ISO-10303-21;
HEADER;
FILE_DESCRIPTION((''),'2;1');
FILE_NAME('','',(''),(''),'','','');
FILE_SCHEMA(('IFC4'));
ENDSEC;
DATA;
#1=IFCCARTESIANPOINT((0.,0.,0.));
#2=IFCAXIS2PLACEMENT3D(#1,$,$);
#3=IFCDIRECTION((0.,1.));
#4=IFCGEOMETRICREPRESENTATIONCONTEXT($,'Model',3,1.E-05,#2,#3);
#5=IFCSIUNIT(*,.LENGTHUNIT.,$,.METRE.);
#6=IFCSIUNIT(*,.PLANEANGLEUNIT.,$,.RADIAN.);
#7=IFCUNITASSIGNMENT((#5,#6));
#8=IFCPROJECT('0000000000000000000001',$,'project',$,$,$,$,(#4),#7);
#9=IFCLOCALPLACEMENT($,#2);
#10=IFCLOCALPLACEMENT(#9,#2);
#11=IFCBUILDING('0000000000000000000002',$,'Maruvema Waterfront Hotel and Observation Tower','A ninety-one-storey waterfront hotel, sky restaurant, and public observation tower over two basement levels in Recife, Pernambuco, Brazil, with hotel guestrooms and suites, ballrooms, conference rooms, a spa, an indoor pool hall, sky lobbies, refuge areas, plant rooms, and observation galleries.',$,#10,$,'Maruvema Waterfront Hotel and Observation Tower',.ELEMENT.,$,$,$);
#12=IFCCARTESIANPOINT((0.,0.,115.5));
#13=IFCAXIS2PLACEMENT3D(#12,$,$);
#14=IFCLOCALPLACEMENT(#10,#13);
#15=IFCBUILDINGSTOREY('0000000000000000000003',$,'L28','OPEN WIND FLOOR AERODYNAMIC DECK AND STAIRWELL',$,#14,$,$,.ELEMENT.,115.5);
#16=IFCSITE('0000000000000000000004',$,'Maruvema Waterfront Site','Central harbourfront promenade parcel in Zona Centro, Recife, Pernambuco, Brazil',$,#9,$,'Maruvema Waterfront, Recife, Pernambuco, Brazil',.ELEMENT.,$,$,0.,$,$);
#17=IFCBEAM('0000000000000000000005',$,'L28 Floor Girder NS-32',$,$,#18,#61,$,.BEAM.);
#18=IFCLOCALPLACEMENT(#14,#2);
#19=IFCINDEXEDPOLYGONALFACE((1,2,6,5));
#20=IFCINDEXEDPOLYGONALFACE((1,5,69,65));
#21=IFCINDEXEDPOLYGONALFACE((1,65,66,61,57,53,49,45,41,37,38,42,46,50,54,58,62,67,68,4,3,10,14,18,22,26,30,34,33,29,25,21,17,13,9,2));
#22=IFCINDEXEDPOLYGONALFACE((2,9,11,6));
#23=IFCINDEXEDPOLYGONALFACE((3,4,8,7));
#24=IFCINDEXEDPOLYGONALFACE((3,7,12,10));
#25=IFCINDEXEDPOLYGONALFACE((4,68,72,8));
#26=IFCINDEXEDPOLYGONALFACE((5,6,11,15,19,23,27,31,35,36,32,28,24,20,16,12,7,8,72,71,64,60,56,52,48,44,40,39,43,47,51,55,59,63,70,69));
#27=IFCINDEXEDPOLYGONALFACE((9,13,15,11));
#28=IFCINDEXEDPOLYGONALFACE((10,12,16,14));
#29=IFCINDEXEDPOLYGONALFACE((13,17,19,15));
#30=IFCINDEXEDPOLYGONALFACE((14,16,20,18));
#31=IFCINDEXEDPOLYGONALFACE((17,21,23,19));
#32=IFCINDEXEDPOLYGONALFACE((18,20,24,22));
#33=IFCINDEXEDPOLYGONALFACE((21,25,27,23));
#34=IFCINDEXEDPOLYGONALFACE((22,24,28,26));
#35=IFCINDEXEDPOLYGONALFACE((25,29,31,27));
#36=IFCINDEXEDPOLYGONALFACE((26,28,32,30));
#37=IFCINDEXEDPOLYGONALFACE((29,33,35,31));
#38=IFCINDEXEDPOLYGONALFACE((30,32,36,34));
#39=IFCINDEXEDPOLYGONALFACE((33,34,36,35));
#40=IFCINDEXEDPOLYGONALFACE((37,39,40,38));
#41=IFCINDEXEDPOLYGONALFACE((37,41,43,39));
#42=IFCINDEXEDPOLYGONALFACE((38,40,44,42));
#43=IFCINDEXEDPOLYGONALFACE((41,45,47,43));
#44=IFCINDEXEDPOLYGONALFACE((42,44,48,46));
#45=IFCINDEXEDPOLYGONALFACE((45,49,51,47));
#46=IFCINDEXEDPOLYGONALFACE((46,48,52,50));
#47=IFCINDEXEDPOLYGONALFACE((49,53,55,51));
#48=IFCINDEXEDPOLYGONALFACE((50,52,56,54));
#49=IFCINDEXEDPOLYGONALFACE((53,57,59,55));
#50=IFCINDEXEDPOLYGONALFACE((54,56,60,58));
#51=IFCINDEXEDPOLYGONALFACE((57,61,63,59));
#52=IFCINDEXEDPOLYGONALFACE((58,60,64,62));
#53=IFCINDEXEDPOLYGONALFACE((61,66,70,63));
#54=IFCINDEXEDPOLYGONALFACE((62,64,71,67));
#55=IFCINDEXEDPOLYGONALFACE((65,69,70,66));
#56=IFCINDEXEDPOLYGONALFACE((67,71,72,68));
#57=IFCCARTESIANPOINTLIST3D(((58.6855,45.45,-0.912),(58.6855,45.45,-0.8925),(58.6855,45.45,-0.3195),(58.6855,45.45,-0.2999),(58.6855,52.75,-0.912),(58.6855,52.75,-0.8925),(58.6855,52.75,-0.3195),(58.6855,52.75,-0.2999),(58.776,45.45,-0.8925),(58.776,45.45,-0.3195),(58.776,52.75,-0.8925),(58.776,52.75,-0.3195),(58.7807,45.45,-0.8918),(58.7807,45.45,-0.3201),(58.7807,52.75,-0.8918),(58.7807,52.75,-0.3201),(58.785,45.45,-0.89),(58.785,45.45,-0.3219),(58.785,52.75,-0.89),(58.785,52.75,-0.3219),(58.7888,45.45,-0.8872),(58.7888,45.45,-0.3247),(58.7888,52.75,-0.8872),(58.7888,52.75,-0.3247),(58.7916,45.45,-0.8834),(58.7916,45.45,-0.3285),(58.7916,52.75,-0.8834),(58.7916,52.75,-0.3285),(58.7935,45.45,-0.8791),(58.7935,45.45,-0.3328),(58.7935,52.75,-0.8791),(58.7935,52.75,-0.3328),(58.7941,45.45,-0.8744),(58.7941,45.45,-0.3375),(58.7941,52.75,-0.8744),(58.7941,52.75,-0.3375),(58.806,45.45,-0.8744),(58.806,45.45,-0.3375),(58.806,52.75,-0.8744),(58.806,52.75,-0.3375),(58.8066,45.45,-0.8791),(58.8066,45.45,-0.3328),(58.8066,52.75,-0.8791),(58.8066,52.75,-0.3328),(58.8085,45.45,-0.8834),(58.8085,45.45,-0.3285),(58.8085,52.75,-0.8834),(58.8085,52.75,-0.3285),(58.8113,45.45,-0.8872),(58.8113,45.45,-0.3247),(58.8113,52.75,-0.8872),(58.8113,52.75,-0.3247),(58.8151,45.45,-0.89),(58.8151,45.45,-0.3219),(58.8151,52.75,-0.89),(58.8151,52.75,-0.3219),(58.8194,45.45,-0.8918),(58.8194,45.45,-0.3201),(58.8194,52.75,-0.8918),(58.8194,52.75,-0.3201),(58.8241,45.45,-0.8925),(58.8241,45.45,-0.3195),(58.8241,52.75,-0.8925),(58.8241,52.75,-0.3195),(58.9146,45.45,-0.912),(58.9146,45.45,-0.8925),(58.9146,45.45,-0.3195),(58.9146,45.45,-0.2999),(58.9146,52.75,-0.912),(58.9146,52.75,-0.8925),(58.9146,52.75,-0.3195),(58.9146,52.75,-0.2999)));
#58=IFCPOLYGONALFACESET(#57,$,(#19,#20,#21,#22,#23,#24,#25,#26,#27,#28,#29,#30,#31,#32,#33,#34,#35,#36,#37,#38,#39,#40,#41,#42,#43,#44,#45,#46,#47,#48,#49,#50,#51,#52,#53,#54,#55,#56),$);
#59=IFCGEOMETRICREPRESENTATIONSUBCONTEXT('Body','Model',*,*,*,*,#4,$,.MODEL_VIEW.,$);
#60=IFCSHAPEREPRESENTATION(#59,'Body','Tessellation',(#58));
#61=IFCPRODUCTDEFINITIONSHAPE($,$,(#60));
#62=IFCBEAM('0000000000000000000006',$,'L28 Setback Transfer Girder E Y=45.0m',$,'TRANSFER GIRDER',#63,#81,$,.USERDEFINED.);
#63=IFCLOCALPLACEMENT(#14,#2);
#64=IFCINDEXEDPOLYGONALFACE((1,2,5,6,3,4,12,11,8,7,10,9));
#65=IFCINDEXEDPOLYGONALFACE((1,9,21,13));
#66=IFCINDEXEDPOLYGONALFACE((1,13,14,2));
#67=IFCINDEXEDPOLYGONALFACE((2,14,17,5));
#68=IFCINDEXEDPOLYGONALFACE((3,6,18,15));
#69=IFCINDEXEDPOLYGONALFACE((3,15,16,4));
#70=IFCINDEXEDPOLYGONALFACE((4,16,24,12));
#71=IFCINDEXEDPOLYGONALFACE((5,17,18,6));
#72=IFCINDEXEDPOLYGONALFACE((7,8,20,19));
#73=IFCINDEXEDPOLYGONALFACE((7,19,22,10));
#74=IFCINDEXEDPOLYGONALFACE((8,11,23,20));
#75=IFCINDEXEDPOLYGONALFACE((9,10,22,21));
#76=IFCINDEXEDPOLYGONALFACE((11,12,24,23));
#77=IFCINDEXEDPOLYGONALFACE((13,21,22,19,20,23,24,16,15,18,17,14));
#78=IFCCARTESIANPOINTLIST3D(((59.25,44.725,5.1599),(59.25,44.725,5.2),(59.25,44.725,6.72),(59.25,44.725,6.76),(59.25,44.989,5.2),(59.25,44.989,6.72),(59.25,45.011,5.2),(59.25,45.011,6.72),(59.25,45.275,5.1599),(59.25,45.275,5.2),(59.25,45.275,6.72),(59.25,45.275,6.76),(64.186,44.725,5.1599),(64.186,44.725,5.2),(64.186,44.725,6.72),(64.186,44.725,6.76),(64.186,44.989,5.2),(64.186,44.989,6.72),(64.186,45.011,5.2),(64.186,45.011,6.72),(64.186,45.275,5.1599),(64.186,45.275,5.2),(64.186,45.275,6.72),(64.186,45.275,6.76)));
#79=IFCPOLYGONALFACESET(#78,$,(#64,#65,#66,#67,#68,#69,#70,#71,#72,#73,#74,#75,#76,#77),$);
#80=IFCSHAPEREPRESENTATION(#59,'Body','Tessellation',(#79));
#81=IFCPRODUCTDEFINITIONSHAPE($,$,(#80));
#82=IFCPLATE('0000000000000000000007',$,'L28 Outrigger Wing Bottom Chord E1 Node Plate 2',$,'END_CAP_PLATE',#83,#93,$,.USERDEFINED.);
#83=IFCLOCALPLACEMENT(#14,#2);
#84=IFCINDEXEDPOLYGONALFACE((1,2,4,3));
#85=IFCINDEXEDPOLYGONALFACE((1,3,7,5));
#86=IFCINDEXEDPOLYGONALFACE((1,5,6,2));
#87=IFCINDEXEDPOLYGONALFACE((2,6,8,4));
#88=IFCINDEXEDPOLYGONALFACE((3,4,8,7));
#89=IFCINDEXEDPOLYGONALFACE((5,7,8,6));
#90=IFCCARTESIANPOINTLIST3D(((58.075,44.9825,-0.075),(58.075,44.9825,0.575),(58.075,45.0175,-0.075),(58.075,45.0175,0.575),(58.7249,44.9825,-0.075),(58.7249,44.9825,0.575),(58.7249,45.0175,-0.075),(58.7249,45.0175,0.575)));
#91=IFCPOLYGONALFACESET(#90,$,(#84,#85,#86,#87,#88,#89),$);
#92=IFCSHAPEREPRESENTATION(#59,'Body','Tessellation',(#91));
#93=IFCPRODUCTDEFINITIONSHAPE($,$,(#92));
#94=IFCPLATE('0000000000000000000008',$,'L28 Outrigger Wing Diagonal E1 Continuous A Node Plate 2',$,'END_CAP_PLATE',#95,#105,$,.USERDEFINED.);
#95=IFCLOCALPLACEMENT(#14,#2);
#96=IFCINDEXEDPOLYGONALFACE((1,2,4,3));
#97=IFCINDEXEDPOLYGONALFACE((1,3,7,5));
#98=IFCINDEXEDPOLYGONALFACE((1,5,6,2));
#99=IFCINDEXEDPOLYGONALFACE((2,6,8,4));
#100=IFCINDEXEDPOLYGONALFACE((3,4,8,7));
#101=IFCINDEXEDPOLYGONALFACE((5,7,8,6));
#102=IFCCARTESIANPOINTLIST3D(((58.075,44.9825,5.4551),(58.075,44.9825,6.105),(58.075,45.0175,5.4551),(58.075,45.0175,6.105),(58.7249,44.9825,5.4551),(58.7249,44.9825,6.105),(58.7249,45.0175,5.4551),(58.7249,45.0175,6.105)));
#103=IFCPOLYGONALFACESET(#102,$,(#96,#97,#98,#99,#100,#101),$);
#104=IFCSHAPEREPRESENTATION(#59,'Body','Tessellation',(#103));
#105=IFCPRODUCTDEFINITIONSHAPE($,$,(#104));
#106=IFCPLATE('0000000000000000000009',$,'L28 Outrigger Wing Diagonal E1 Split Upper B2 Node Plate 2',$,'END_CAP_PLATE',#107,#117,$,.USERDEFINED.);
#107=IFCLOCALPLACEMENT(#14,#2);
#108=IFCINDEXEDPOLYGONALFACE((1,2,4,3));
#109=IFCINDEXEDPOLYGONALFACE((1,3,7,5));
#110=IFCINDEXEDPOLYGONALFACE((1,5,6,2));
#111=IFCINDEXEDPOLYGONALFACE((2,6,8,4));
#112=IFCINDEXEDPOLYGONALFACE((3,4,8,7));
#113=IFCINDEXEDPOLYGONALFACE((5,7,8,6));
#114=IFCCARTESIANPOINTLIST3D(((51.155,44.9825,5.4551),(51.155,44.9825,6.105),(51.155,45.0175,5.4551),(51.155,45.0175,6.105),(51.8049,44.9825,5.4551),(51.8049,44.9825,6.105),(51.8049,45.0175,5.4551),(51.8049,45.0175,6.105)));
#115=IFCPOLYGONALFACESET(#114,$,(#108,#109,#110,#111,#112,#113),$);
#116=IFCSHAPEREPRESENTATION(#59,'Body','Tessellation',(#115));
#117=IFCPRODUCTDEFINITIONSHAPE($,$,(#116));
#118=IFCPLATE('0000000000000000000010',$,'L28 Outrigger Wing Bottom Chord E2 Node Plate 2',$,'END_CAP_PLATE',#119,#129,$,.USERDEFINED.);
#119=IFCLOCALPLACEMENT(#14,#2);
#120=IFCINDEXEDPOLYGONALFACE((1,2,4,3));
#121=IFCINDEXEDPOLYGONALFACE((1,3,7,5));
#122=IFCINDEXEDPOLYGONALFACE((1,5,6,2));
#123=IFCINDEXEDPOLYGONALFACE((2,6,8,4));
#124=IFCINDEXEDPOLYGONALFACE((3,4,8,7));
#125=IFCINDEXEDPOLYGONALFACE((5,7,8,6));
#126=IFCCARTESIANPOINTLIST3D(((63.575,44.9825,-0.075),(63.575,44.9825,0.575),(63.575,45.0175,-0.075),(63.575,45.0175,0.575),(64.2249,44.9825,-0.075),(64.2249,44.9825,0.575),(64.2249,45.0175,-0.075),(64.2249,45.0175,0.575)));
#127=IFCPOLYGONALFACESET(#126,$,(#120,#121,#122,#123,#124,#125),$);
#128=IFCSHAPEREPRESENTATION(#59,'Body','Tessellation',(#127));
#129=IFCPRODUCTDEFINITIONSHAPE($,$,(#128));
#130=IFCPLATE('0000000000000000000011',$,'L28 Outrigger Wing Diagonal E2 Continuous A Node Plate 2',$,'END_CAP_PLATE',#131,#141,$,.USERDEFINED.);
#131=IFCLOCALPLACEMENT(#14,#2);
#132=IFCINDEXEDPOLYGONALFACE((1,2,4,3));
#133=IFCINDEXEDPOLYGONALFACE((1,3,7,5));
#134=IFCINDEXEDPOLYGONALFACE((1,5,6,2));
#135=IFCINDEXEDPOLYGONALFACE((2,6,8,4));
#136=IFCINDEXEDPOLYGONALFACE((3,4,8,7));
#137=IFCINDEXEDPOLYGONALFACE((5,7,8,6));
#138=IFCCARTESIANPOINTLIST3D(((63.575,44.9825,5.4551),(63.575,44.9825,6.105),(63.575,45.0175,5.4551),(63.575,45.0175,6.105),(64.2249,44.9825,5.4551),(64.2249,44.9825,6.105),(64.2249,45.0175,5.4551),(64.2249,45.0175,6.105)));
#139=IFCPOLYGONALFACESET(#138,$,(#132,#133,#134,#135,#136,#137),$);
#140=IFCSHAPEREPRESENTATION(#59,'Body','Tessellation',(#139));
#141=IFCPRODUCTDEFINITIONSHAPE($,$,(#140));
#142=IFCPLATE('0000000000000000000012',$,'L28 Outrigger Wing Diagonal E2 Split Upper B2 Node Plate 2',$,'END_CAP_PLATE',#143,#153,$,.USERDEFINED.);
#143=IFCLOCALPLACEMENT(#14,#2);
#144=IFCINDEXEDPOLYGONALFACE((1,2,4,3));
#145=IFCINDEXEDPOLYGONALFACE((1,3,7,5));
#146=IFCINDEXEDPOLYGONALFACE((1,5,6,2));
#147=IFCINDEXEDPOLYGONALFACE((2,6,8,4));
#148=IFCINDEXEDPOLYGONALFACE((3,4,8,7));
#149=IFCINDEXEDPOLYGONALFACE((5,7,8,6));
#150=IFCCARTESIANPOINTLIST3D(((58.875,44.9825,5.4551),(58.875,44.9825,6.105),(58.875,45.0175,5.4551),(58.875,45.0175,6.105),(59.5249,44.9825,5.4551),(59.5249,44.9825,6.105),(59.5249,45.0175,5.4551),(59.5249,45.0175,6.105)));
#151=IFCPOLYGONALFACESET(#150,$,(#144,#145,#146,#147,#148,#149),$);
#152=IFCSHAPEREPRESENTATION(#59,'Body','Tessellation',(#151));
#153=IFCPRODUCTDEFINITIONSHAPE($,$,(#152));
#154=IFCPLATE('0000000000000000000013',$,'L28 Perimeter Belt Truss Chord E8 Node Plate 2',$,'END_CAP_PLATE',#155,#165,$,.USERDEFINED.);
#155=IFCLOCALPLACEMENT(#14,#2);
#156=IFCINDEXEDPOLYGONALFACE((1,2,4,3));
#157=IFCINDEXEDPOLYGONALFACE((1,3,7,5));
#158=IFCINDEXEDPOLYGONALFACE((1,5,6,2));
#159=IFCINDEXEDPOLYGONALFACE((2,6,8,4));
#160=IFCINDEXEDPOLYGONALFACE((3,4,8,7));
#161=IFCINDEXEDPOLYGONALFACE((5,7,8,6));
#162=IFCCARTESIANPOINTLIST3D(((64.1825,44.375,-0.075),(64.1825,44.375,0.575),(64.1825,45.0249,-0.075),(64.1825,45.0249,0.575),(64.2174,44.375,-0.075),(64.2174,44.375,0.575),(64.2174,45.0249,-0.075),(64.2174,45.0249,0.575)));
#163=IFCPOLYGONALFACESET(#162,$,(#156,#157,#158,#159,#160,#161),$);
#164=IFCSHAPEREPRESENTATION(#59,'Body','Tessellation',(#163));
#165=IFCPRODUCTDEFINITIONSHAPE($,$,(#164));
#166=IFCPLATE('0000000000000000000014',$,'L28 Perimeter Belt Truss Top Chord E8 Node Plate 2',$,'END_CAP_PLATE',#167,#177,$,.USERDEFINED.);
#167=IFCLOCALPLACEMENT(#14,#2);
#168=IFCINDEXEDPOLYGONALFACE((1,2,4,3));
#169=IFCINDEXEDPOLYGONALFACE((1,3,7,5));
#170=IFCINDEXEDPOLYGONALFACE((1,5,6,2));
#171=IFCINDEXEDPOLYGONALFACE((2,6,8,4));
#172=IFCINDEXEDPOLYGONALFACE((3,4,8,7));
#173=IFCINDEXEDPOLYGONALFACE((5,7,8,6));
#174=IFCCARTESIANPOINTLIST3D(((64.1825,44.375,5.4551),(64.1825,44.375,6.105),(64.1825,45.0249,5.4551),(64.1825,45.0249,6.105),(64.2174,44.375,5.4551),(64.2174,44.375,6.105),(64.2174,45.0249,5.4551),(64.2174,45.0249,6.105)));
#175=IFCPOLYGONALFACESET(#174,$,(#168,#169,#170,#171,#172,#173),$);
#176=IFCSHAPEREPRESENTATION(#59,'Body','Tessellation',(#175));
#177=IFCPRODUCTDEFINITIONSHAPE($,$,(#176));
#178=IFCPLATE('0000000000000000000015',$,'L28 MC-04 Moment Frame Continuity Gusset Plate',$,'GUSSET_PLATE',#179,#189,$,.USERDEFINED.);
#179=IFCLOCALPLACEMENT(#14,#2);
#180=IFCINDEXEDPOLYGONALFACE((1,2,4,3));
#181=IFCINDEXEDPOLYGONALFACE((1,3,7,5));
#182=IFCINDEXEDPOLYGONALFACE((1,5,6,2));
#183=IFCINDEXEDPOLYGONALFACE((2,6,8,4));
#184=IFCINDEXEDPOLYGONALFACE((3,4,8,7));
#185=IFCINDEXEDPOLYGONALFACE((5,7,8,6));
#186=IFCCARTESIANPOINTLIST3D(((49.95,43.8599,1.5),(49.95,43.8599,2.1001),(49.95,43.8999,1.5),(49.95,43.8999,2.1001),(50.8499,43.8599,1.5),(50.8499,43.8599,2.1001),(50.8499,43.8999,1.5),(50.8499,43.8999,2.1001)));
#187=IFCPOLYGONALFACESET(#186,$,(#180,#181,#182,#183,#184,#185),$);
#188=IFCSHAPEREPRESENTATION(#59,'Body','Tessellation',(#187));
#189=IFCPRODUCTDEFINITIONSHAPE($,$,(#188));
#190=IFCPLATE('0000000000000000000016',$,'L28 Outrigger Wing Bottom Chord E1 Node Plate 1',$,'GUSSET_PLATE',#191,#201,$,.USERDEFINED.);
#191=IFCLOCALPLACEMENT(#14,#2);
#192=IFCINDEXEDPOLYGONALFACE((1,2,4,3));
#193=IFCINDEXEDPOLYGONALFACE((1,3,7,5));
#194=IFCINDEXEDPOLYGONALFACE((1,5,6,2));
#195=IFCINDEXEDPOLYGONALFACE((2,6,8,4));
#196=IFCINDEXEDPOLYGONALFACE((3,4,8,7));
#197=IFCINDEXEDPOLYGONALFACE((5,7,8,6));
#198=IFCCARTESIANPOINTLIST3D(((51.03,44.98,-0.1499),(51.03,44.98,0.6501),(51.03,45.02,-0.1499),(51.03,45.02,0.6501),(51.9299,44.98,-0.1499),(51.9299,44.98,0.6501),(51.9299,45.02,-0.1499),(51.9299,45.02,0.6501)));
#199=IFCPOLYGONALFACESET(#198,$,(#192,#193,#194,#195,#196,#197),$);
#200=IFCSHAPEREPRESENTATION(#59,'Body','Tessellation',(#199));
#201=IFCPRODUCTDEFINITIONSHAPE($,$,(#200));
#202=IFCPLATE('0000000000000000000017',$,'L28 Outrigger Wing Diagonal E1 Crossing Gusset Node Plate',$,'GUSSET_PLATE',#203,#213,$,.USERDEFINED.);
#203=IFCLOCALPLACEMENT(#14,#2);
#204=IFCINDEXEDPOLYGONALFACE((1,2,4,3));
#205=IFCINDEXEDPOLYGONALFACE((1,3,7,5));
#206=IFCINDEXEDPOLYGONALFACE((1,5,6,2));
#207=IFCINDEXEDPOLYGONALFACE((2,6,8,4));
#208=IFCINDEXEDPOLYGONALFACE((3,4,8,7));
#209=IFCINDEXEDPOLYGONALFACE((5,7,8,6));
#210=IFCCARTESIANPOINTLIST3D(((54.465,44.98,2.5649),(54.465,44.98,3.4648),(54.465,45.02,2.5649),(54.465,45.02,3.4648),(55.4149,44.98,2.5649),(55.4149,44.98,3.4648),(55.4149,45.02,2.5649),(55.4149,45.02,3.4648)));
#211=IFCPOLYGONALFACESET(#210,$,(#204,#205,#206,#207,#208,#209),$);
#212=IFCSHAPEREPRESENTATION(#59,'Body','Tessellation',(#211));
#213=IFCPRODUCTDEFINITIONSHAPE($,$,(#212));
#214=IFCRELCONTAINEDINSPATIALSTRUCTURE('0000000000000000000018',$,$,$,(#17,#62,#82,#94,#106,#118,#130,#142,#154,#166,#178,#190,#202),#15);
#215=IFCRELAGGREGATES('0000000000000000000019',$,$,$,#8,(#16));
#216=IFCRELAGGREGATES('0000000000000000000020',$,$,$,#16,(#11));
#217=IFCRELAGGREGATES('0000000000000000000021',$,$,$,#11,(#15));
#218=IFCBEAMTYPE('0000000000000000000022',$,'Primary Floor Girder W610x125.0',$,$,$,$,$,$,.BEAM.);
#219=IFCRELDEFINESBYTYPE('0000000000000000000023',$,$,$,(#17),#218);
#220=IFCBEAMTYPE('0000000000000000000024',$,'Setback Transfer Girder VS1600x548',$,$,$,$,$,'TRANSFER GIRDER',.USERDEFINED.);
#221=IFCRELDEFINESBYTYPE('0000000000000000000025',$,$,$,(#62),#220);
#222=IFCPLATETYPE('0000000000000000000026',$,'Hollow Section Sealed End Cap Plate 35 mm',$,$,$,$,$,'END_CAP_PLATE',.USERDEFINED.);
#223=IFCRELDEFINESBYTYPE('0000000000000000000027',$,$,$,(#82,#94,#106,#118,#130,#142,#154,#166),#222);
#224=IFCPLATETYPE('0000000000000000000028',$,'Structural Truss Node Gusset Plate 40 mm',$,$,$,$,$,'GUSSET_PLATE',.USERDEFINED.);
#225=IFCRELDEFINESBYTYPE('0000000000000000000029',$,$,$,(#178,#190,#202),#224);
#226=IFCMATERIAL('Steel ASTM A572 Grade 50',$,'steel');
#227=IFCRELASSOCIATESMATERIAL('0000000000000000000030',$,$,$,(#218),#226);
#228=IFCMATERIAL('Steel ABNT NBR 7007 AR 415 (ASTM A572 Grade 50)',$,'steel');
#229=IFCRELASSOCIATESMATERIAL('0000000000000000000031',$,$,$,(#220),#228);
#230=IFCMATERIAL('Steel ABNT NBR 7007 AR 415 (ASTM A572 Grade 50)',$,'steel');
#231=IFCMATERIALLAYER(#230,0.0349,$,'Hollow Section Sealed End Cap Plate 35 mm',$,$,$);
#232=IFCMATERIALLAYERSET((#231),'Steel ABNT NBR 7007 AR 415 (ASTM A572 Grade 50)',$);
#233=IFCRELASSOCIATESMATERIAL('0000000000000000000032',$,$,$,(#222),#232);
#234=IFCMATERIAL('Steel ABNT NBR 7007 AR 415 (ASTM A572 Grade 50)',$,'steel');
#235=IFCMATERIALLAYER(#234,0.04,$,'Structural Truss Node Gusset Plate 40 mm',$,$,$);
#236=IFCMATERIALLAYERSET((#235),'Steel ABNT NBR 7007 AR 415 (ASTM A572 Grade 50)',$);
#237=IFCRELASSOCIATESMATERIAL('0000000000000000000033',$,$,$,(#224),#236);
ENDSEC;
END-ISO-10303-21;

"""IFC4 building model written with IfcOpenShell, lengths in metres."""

from ifc_helpers import new_model, si_unit, direction, frame, origin, origin_2d, place, context, subcontext, project, spatial, rectangle, i_section, extrude, material, layer, layer_set, material_profile, profile_set, type_object, element, save


model = new_model("IFC4")

# Units and contexts
model_context = context("Model", 3, precision=1e-05, world=origin(), true_north=direction((0.0, 1.0)))
body_context = subcontext(model_context, "Body", "Model", "MODEL_VIEW")
ifc_project = project(units=[si_unit("LENGTHUNIT", "METRE"), si_unit("PLANEANGLEUNIT", "RADIAN")], contexts=[model_context])

# Site, building, storey
site_placement = place(None, origin())
site = spatial("IfcSite", under=ifc_project, at=site_placement, Name="Maruvema Waterfront Site", Description="Central harbourfront promenade parcel in Zona Centro, Recife, Pernambuco, Brazil", LongName="Maruvema Waterfront, Recife, Pernambuco, Brazil", CompositionType="ELEMENT", RefElevation=0.0)
building_placement = place(site_placement, origin())
building = spatial("IfcBuilding", under=site, at=building_placement, Name="Maruvema Waterfront Hotel and Observation Tower", Description="A ninety-one-storey waterfront hotel, sky restaurant, and public observation tower over two basement levels in Recife, Pernambuco, Brazil, with hotel guestrooms and suites, ballrooms, conference rooms, a spa, an indoor pool hall, sky lobbies, refuge areas, plant rooms, and observation galleries.", LongName="Maruvema Waterfront Hotel and Observation Tower", CompositionType="ELEMENT")
storey_placement = place(building_placement, frame((0.0, 0.0, 115.5)))
storey = spatial("IfcBuildingStorey", under=building, at=storey_placement, Name="L28", Description="OPEN WIND FLOOR AERODYNAMIC DECK AND STAIRWELL", CompositionType="ELEMENT", Elevation=115.5)

# Beams
ifc_material_1 = material(Name="Steel ASTM A572 Grade 50", Category="steel")
ifc_material_profile_1 = material_profile(ifc_material_1, i_section(OverallWidth=0.229, OverallDepth=0.6121, WebThickness=0.012, FlangeThickness=0.0195, FilletRadius=0.0181, at=origin_2d()), Name="W610x125.0")
ifc_profile_set_1 = profile_set([ifc_material_profile_1], Name="Steel ASTM A572 Grade 50")
beam_type_1 = type_object("IfcBeamType", Name="Primary Floor Girder W610x125.0", PredefinedType="BEAM", material=ifc_profile_set_1)
beam_1_placement = place(storey_placement, frame((58.8, 45.45, -0.606), z_axis=(0.0, 1.0, 0.0), x_axis=(-1.0, 0.0, 0.0)))
element("IfcBeam", 1, at=beam_1_placement, inside=storey, type_object=beam_type_1, Name="L28 Floor Girder NS-32", PredefinedType="BEAM", context=body_context, shape_type="SweptSolid", body=[
    extrude(i_section(OverallWidth=0.229, OverallDepth=0.6121, WebThickness=0.012, FlangeThickness=0.0195, FilletRadius=0.0181, at=origin_2d()), origin(), (0.0, 0.0, 1.0), 7.3),
])
ifc_material_2 = material(Name="Steel ABNT NBR 7007 AR 415 (ASTM A572 Grade 50)", Category="steel")
ifc_material_profile_2 = material_profile(ifc_material_2, i_section(OverallWidth=0.55, OverallDepth=1.6001, WebThickness=0.022, FlangeThickness=0.04, at=origin_2d()), Name="VS1600x548")
ifc_profile_set_2 = profile_set([ifc_material_profile_2], Name="Steel ABNT NBR 7007 AR 415 (ASTM A572 Grade 50)")
beam_type_2 = type_object("IfcBeamType", Name="Setback Transfer Girder VS1600x548", ElementType="TRANSFER GIRDER", PredefinedType="USERDEFINED", material=ifc_profile_set_2)
beam_2_placement = place(storey_placement, frame((59.25, 45.0, 5.96), z_axis=(1.0, 0.0, 0.0), x_axis=(0.0, 1.0, 0.0)))
element("IfcBeam", 2, at=beam_2_placement, inside=storey, type_object=beam_type_2, Name="L28 Setback Transfer Girder E Y=45.0m", ObjectType="TRANSFER GIRDER", PredefinedType="USERDEFINED", context=body_context, shape_type="SweptSolid", body=[
    extrude(i_section(OverallWidth=0.55, OverallDepth=1.6001, WebThickness=0.022, FlangeThickness=0.04, at=origin_2d()), origin(), (0.0, 0.0, 1.0), 4.936),
])

# Plates
ifc_material_3 = material(Name="Steel ABNT NBR 7007 AR 415 (ASTM A572 Grade 50)", Category="steel")
ifc_layer_1 = layer(ifc_material_3, 0.0349, Name="Hollow Section Sealed End Cap Plate 35 mm")
ifc_layer_set_1 = layer_set([ifc_layer_1], Name="Steel ABNT NBR 7007 AR 415 (ASTM A572 Grade 50)")
plate_type_1 = type_object("IfcPlateType", Name="Hollow Section Sealed End Cap Plate 35 mm", ElementType="END_CAP_PLATE", PredefinedType="USERDEFINED", material=ifc_layer_set_1)
for number, where, z_axis, x_axis, name in (
    (3, (58.3999, 45.0, -0.075), (0.0, 0.0, 1.0), (1.0, 0.0, 0.0), "L28 Outrigger Wing Bottom Chord E1 Node Plate 2"),
    (4, (58.3999, 45.0, 5.4551), (0.0, 0.0, 1.0), (1.0, 0.0, 0.0), "L28 Outrigger Wing Diagonal E1 Continuous A Node Plate 2"),
    (5, (51.48, 45.0, 5.4551), (0.0, 0.0, 1.0), (-1.0, 0.0, 0.0), "L28 Outrigger Wing Diagonal E1 Split Upper B2 Node Plate 2"),
    (6, (63.8999, 45.0, -0.075), (0.0, 0.0, 1.0), (1.0, 0.0, 0.0), "L28 Outrigger Wing Bottom Chord E2 Node Plate 2"),
    (7, (63.8999, 45.0, 5.4551), (0.0, 0.0, 1.0), (1.0, 0.0, 0.0), "L28 Outrigger Wing Diagonal E2 Continuous A Node Plate 2"),
    (8, (59.2, 45.0, 5.4551), (0.0, 0.0, 1.0), (-1.0, 0.0, 0.0), "L28 Outrigger Wing Diagonal E2 Split Upper B2 Node Plate 2"),
    (9, (64.2, 44.7, -0.075), (0.0, 0.0, 1.0), (0.0, 1.0, 0.0), "L28 Perimeter Belt Truss Chord E8 Node Plate 2"),
    (10, (64.2, 44.7, 5.4551), (0.0, 0.0, 1.0), (0.0, 1.0, 0.0), "L28 Perimeter Belt Truss Top Chord E8 Node Plate 2"),
):
    element("IfcPlate", number, at=place(storey_placement, frame(where, z_axis=z_axis, x_axis=x_axis)), inside=storey, type_object=plate_type_1, Name=name, ObjectType="END_CAP_PLATE", PredefinedType="USERDEFINED", context=body_context, shape_type="SweptSolid", body=[
        extrude(rectangle(XDim=0.6499, YDim=0.0349, at=origin_2d()), origin(), (0.0, 0.0, 1.0), 0.6499),
    ])
ifc_material_4 = material(Name="Steel ABNT NBR 7007 AR 415 (ASTM A572 Grade 50)", Category="steel")
ifc_layer_2 = layer(ifc_material_4, 0.04, Name="Structural Truss Node Gusset Plate 40 mm")
ifc_layer_set_2 = layer_set([ifc_layer_2], Name="Steel ABNT NBR 7007 AR 415 (ASTM A572 Grade 50)")
plate_type_2 = type_object("IfcPlateType", Name="Structural Truss Node Gusset Plate 40 mm", ElementType="GUSSET_PLATE", PredefinedType="USERDEFINED", material=ifc_layer_set_2)
plate_1_placement = place(storey_placement, frame((50.3999, 43.8799, 1.5), z_axis=(0.0, 0.0, 1.0), x_axis=(1.0, 0.0, 0.0)))
element("IfcPlate", 11, at=plate_1_placement, inside=storey, type_object=plate_type_2, Name="L28 MC-04 Moment Frame Continuity Gusset Plate", ObjectType="GUSSET_PLATE", PredefinedType="USERDEFINED", context=body_context, shape_type="SweptSolid", body=[
    extrude(rectangle(XDim=0.8999, YDim=0.04, at=origin_2d()), origin(), (0.0, 0.0, 1.0), 0.6001),
])
plate_2_placement = place(storey_placement, frame((51.48, 45.0, -0.1499), z_axis=(0.0, 0.0, 1.0), x_axis=(1.0, 0.0, 0.0)))
element("IfcPlate", 12, at=plate_2_placement, inside=storey, type_object=plate_type_2, Name="L28 Outrigger Wing Bottom Chord E1 Node Plate 1", ObjectType="GUSSET_PLATE", PredefinedType="USERDEFINED", context=body_context, shape_type="SweptSolid", body=[
    extrude(rectangle(XDim=0.8999, YDim=0.04, at=origin_2d()), origin(), (0.0, 0.0, 1.0), 0.8),
])
plate_3_placement = place(storey_placement, frame((54.9399, 45.0, 2.5649), z_axis=(0.0, 0.0, 1.0), x_axis=(-1.0, 0.0, 0.0)))
element("IfcPlate", 13, at=plate_3_placement, inside=storey, type_object=plate_type_2, Name="L28 Outrigger Wing Diagonal E1 Crossing Gusset Node Plate", ObjectType="GUSSET_PLATE", PredefinedType="USERDEFINED", context=body_context, shape_type="SweptSolid", body=[
    extrude(rectangle(XDim=0.95, YDim=0.04, at=origin_2d()), origin(), (0.0, 0.0, 1.0), 0.8999),
])

save(model, "model.ifc")
